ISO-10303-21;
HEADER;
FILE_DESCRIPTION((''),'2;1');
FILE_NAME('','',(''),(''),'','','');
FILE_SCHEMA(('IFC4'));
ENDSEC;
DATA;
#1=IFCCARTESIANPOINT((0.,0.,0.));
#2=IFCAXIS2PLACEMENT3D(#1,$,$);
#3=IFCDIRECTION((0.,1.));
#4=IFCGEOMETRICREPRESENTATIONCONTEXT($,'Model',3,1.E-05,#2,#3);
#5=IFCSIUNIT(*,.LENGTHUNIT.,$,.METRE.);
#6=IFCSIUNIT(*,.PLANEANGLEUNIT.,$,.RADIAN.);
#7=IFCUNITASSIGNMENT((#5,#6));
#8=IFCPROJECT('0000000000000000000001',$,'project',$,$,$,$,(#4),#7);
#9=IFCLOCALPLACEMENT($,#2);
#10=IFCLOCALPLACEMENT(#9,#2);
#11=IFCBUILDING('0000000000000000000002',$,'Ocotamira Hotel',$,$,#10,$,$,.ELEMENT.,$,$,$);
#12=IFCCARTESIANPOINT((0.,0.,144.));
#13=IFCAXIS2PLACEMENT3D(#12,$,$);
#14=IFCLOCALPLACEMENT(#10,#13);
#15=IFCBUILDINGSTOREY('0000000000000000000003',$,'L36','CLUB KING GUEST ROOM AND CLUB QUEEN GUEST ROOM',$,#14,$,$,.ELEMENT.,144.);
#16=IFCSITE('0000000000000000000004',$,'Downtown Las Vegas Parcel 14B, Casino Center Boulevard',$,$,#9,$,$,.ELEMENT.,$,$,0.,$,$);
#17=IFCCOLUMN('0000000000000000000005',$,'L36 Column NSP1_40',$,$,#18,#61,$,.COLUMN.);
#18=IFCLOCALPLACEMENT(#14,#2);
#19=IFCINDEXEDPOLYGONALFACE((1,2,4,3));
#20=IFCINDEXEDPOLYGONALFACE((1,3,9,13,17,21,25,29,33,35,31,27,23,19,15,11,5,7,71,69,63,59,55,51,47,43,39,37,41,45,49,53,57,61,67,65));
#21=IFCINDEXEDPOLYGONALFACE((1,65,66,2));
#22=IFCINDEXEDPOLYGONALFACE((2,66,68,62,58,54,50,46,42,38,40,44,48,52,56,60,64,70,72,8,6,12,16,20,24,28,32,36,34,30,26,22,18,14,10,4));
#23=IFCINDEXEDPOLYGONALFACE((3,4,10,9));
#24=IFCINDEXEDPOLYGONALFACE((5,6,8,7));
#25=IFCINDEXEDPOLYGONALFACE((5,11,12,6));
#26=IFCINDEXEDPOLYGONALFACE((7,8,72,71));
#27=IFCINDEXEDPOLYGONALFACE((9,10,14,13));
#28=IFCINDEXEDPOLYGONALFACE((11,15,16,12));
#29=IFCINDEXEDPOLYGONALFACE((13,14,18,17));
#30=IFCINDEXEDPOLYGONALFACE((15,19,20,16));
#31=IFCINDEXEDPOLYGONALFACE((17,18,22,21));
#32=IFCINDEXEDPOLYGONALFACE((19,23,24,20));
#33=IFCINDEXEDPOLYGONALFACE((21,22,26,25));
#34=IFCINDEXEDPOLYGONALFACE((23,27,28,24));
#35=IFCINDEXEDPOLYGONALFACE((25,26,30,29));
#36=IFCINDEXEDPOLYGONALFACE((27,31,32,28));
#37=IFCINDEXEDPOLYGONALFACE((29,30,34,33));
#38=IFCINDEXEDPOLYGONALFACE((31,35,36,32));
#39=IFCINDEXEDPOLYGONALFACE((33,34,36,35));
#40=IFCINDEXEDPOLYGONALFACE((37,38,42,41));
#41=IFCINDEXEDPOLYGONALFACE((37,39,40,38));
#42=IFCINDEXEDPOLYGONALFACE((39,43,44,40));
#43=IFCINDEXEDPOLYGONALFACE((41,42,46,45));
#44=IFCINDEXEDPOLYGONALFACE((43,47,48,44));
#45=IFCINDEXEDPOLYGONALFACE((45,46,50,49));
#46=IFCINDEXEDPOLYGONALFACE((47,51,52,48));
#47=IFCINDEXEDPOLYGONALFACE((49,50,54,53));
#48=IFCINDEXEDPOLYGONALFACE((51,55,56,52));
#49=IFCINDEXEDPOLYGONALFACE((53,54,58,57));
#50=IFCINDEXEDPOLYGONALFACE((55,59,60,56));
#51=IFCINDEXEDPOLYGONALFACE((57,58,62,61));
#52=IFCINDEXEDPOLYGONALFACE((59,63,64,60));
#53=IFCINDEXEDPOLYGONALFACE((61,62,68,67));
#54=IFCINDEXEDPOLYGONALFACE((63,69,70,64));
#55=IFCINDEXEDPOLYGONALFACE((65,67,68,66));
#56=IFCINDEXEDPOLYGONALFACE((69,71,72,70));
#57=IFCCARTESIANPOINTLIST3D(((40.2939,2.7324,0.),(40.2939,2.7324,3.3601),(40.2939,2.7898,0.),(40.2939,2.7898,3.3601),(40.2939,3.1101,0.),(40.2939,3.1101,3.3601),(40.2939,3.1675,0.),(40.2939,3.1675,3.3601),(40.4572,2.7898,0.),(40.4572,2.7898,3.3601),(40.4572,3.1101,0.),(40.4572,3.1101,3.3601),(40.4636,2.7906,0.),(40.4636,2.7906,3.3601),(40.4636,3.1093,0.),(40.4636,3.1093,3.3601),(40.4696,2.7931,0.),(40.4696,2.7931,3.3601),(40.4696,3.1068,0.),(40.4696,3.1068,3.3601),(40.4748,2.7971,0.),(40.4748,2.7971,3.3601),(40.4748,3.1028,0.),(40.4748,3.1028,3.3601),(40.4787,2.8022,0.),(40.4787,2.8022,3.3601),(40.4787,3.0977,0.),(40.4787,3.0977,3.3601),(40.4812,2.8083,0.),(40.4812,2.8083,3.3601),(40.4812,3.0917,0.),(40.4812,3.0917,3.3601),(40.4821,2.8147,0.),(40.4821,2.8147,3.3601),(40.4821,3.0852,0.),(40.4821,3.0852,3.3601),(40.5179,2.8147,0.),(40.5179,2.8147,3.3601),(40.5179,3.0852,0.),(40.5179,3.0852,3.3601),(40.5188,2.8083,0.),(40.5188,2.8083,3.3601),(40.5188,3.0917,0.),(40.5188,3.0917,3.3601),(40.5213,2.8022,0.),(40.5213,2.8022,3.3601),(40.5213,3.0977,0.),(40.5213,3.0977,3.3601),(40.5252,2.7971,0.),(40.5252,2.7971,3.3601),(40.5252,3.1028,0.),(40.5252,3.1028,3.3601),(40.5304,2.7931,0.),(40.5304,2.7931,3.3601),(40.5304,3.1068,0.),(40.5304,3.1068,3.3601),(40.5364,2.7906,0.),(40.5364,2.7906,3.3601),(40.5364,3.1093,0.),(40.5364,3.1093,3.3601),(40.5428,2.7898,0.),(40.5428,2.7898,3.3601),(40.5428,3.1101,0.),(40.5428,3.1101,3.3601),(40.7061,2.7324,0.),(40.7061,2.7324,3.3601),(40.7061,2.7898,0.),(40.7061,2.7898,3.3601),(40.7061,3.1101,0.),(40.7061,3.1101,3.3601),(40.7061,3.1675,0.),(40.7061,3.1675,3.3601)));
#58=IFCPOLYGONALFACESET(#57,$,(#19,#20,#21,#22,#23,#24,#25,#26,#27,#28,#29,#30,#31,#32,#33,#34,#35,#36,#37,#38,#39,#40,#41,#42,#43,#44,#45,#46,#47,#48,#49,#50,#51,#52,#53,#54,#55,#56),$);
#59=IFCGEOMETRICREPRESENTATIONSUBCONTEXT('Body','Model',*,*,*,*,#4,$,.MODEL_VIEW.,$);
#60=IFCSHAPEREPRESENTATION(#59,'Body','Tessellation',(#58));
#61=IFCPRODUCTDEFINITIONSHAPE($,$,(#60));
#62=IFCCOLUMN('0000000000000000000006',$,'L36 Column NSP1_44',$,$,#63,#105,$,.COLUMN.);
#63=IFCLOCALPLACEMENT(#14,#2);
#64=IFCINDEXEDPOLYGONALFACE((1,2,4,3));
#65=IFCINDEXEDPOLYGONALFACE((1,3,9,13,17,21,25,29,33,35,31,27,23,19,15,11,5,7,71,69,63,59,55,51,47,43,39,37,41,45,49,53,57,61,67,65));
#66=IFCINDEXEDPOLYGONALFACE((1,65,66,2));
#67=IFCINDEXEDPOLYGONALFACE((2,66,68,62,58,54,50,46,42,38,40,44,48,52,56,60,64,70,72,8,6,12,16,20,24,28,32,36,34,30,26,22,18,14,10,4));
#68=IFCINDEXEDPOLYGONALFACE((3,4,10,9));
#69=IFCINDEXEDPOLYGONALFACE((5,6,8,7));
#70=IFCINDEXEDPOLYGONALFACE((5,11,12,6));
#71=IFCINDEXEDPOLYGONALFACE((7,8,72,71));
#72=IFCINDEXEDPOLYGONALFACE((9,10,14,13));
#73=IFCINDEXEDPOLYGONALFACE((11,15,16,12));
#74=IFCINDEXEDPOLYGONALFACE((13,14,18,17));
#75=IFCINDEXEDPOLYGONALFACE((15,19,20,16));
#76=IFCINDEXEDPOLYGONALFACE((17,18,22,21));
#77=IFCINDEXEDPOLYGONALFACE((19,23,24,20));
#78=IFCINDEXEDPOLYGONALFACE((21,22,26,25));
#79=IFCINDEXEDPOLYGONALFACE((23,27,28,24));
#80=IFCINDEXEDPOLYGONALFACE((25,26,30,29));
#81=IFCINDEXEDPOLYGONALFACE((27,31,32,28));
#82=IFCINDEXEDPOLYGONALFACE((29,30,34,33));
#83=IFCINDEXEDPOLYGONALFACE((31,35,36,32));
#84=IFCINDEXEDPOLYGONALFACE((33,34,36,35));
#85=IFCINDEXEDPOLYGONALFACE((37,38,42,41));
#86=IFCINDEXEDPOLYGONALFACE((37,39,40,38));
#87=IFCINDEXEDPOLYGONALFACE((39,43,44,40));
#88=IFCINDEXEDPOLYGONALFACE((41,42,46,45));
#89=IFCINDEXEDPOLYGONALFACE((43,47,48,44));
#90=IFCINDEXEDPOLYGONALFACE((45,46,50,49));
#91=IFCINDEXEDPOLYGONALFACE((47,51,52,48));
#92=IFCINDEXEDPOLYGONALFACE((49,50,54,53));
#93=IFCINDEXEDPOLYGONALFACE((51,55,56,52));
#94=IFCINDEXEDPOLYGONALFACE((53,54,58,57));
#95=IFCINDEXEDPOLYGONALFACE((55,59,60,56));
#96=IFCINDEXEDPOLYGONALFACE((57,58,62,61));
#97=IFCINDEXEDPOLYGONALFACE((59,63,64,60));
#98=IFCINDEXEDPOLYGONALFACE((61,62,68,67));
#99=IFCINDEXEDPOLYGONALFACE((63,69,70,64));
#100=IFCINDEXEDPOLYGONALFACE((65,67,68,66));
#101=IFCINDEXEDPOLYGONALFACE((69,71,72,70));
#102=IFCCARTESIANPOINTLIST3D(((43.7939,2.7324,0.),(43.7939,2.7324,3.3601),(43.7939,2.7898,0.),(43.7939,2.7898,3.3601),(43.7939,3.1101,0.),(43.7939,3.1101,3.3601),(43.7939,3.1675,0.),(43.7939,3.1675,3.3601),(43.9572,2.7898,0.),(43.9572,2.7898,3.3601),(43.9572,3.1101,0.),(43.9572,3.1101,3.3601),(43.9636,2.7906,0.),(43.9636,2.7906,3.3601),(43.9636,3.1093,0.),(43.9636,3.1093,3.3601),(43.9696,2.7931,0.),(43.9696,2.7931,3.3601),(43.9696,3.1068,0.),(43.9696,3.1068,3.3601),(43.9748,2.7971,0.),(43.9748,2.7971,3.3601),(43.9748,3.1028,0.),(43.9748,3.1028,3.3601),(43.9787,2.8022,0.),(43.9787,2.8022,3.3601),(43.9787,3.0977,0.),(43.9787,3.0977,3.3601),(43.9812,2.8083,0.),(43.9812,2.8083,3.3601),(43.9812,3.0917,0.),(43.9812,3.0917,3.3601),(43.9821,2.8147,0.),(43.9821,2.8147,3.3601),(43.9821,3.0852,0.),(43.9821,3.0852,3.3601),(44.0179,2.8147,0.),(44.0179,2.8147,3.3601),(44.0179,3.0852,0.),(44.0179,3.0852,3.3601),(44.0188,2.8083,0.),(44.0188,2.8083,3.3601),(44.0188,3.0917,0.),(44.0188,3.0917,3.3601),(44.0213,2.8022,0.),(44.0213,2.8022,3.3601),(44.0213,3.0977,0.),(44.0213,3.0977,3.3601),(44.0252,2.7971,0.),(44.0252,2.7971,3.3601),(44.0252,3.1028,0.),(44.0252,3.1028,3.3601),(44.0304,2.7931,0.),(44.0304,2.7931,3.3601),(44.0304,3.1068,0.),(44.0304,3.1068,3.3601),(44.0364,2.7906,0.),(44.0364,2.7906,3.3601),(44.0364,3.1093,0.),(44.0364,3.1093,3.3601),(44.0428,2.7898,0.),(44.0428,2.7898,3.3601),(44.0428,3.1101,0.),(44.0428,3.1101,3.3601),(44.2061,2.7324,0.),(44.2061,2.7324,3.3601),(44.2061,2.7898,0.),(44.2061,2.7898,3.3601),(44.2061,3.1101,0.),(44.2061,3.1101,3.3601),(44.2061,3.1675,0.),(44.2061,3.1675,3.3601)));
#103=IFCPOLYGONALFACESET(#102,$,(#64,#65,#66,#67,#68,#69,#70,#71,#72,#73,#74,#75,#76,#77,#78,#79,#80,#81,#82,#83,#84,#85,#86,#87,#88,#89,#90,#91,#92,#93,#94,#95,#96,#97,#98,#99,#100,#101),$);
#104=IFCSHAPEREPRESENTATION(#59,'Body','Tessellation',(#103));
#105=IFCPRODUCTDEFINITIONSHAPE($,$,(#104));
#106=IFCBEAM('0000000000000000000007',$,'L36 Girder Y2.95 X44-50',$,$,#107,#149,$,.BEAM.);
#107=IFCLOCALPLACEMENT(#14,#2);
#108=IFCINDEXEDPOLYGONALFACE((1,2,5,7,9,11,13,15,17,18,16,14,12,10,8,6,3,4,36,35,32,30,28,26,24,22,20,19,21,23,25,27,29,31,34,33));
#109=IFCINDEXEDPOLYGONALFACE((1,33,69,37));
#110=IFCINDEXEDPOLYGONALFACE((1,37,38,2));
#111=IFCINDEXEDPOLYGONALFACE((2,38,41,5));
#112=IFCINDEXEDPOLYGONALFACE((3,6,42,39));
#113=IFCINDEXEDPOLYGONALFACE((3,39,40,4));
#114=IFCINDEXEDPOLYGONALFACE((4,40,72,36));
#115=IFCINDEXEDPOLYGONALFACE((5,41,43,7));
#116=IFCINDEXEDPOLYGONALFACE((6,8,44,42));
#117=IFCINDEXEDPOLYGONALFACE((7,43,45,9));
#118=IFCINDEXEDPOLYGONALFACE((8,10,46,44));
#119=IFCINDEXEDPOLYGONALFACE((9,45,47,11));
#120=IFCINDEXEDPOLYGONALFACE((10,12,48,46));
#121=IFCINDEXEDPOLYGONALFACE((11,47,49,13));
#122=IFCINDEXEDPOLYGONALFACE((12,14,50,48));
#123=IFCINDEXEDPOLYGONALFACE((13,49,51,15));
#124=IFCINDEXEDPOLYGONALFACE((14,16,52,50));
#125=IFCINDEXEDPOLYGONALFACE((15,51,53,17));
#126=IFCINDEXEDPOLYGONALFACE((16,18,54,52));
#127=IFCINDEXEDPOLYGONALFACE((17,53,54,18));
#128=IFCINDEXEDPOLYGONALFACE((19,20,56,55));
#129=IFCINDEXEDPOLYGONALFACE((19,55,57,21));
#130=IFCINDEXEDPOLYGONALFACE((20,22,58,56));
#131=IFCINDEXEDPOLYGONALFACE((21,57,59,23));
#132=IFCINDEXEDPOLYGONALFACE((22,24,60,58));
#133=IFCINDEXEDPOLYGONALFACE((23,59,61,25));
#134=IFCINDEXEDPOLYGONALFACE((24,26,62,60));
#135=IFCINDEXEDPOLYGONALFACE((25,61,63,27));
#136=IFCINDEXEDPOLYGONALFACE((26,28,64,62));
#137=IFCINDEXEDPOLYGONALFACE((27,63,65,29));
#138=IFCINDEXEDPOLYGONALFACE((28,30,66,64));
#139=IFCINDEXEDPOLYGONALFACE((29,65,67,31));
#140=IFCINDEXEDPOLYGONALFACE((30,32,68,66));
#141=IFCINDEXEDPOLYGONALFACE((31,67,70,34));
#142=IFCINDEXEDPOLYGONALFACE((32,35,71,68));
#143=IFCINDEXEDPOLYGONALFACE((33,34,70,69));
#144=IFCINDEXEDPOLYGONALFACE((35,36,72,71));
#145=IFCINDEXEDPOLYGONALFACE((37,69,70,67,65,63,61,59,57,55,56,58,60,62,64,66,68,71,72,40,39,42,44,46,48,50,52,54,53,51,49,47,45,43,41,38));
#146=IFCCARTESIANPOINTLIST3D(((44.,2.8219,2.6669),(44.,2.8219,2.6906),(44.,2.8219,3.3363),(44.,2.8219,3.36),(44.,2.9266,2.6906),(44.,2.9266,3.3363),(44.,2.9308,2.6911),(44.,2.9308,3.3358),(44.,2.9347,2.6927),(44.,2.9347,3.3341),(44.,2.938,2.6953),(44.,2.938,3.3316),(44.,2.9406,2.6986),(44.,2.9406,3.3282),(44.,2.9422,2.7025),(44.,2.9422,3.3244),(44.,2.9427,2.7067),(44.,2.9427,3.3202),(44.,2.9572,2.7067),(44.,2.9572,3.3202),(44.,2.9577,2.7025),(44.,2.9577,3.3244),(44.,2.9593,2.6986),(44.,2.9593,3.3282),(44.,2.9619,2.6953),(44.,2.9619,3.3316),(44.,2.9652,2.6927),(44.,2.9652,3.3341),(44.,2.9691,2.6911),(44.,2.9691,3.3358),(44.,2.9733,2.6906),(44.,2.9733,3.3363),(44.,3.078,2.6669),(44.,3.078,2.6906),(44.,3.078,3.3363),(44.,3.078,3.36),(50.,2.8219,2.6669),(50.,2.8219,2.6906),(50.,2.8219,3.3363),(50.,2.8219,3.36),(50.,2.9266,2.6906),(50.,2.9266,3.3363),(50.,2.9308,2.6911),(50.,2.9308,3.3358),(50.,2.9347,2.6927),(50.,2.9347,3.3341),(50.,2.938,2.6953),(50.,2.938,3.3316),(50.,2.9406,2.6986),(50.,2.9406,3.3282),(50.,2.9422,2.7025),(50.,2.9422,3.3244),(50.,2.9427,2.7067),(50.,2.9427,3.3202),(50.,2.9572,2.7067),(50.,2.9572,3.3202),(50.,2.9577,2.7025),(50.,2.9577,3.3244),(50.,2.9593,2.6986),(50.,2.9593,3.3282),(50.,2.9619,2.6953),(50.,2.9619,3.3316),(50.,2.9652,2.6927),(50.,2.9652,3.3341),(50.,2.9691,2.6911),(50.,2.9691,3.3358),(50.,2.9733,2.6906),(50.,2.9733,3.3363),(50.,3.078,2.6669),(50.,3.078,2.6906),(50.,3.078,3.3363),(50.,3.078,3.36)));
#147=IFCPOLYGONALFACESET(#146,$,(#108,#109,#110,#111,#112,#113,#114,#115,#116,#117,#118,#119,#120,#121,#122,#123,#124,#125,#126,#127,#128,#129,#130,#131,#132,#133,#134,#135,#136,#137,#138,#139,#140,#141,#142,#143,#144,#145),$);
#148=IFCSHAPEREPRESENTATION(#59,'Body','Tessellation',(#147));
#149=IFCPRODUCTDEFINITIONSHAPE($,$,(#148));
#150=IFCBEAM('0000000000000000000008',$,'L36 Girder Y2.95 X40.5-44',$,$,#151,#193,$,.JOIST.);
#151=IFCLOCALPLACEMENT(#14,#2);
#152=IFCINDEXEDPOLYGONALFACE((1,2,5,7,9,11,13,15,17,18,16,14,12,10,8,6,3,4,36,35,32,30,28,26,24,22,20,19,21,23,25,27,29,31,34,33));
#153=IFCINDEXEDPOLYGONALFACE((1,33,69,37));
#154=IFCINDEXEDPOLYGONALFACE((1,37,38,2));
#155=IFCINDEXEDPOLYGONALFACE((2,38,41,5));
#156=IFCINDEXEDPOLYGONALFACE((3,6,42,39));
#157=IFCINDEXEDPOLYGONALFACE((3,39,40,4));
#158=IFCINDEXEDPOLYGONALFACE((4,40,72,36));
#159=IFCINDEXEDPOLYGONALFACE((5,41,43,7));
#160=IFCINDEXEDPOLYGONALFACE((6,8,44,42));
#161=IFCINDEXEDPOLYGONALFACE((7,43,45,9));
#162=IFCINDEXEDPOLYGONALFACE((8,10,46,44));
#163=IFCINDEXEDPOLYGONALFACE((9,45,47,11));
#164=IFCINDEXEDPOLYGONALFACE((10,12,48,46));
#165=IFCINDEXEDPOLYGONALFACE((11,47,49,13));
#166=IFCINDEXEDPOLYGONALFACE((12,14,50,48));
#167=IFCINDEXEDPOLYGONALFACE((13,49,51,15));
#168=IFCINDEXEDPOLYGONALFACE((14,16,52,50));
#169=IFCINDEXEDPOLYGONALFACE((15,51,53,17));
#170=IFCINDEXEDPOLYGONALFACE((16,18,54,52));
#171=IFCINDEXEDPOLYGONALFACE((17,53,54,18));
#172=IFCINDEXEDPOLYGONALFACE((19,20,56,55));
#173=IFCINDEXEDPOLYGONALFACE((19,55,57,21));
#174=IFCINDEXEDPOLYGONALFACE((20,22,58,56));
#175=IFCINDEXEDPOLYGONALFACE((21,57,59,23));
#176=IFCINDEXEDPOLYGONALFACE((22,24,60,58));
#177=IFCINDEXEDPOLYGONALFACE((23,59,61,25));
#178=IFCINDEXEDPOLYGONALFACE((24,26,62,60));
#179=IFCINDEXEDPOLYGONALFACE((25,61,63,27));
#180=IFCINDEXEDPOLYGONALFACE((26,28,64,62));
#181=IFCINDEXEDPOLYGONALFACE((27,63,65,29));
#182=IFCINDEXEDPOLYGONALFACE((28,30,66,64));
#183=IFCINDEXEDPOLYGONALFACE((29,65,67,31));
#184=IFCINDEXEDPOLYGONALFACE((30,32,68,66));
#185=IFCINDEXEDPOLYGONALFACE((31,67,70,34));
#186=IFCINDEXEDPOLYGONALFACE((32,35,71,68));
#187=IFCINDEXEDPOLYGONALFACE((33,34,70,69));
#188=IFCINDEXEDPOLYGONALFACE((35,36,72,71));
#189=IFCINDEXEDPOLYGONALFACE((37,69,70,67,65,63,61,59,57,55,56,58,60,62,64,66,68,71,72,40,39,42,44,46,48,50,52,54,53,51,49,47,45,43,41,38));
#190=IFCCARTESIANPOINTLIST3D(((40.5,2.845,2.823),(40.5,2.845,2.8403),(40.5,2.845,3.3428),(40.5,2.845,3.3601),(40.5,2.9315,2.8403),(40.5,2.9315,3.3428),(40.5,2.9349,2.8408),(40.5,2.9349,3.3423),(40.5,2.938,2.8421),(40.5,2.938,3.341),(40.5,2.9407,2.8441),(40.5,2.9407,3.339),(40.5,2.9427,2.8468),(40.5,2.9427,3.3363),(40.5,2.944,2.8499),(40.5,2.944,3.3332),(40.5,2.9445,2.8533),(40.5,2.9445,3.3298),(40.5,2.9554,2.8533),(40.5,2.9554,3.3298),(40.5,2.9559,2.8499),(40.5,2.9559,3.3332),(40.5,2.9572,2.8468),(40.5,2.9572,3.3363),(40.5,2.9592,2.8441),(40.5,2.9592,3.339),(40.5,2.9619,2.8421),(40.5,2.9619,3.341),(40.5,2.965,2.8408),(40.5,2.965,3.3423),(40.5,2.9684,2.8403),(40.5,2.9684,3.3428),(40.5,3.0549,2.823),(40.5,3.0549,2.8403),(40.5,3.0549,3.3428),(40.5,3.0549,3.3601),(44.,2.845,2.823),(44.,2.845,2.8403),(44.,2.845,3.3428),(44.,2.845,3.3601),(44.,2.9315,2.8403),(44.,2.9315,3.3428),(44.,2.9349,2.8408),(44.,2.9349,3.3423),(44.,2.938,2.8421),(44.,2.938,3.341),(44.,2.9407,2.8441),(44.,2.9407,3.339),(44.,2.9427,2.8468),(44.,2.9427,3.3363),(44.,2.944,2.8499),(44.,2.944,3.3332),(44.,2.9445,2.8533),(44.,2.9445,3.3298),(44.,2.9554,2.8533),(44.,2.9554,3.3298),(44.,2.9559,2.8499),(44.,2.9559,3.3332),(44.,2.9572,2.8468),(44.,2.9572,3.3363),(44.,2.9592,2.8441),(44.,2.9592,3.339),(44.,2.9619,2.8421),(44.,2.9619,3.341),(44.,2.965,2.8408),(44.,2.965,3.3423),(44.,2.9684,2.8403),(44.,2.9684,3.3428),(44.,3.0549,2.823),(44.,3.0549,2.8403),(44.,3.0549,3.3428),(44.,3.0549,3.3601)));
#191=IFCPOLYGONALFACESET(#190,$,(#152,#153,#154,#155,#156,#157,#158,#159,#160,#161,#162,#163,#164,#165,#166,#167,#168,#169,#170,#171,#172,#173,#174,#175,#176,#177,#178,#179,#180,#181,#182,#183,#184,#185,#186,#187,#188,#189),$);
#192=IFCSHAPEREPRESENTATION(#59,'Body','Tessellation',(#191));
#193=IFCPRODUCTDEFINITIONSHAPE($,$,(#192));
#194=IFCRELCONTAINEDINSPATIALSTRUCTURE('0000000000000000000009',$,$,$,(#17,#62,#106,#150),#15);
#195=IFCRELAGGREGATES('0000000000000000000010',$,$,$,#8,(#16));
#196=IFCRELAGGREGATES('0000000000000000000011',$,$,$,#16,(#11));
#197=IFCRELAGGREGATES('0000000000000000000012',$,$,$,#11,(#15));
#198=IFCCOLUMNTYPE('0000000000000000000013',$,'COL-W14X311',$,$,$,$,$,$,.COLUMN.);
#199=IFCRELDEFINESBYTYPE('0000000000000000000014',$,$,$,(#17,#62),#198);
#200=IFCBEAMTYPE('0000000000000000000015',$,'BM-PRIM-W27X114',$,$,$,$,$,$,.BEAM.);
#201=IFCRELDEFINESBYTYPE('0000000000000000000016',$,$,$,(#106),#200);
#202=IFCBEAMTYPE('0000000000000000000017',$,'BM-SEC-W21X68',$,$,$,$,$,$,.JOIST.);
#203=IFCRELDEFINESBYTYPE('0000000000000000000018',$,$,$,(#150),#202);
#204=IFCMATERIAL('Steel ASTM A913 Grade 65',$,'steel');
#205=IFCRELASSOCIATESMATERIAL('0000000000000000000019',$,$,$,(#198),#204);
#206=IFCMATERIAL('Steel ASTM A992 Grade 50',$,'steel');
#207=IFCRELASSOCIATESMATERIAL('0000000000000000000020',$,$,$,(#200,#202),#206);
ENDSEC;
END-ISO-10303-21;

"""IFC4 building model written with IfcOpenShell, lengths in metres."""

from ifc_helpers import new_model, si_unit, direction, frame, origin, origin_2d, place, context, subcontext, project, spatial, i_section, extrude, source, transform, mapped, material, material_profile, profile_set, type_object, element, save


model = new_model("IFC4")

# Units and contexts
model_context = context("Model", 3, precision=1e-05, world=origin(), true_north=direction((0.0, 1.0)))
body_context = subcontext(model_context, "Body", "Model", "MODEL_VIEW")
ifc_project = project(units=[si_unit("LENGTHUNIT", "METRE"), si_unit("PLANEANGLEUNIT", "RADIAN")], contexts=[model_context])

# Site, building, storey
site_placement = place(None, origin())
site = spatial("IfcSite", under=ifc_project, at=site_placement, Name="Downtown Las Vegas Parcel 14B, Casino Center Boulevard", CompositionType="ELEMENT", RefElevation=0.0)
building_placement = place(site_placement, origin())
building = spatial("IfcBuilding", under=site, at=building_placement, Name="Ocotamira Hotel", CompositionType="ELEMENT")
storey_placement = place(building_placement, frame((0.0, 0.0, 144.0)))
storey = spatial("IfcBuildingStorey", under=building, at=storey_placement, Name="L36", Description="CLUB KING GUEST ROOM AND CLUB QUEEN GUEST ROOM", CompositionType="ELEMENT", Elevation=144.0)

# Columns
ifc_material_1 = material(Name="Steel ASTM A913 Grade 65", Category="steel")
ifc_material_profile_1 = material_profile(ifc_material_1, i_section(OverallWidth=0.4121, OverallDepth=0.4351, WebThickness=0.0359, FlangeThickness=0.0574, FilletRadius=0.0249, at=origin_2d()), Name="W14X311")
ifc_profile_set_1 = profile_set([ifc_material_profile_1], Name="Steel ASTM A913 Grade 65")
column_type = type_object("IfcColumnType", Name="COL-W14X311", PredefinedType="COLUMN", material=ifc_profile_set_1)
shared_shape_1 = source(origin(), body_context, "Body", "SweptSolid", [
    extrude(i_section(OverallWidth=0.4121, OverallDepth=0.4351, WebThickness=0.0359, FlangeThickness=0.0574, FilletRadius=0.0249, at=origin_2d()), origin(), (0.0, 0.0, 1.0), 3.3601),
])
for number, where, z_axis, x_axis, name in (
    (1, (40.5, 2.95, 0.0), (0.0, 0.0, 1.0), (1.0, 0.0, 0.0), "L36 Column NSP1_40"),
    (2, (44.0, 2.95, 0.0), (0.0, 0.0, 1.0), (1.0, 0.0, 0.0), "L36 Column NSP1_44"),
):
    element("IfcColumn", number, at=place(storey_placement, frame(where, z_axis=z_axis, x_axis=x_axis)), inside=storey, type_object=column_type, Name=name, PredefinedType="COLUMN", context=body_context, shape_type="MappedRepresentation", body=[
        mapped(shared_shape_1, transform((0.0, 0.0, 0.0), scale=1.0)),
    ])

# Beams
ifc_material_2 = material(Name="Steel ASTM A992 Grade 50", Category="steel")
ifc_material_profile_2 = material_profile(ifc_material_2, i_section(OverallWidth=0.2561, OverallDepth=0.6931, WebThickness=0.0144, FlangeThickness=0.0237, FilletRadius=0.0161, at=origin_2d()), Name="W27X114")
ifc_profile_set_2 = profile_set([ifc_material_profile_2], Name="Steel ASTM A992 Grade 50")
beam_type_1 = type_object("IfcBeamType", Name="BM-PRIM-W27X114", PredefinedType="BEAM", material=ifc_profile_set_2)
shared_shape_2 = source(origin(), body_context, "Body", "SweptSolid", [
    extrude(i_section(OverallWidth=0.2561, OverallDepth=0.6931, WebThickness=0.0144, FlangeThickness=0.0237, FilletRadius=0.0161, at=origin_2d()), origin(), (0.0, 0.0, 1.0), 6.0),
])
beam_1_placement = place(storey_placement, frame((44.0, 2.95, 3.0134), z_axis=(1.0, 0.0, 0.0), x_axis=(0.0, 1.0, 0.0)))
element("IfcBeam", 3, at=beam_1_placement, inside=storey, type_object=beam_type_1, Name="L36 Girder Y2.95 X44-50", PredefinedType="BEAM", context=body_context, shape_type="MappedRepresentation", body=[
    mapped(shared_shape_2, transform((0.0, 0.0, 0.0), scale=1.0)),
])
ifc_material_profile_3 = material_profile(ifc_material_2, i_section(OverallWidth=0.21, OverallDepth=0.5371, WebThickness=0.011, FlangeThickness=0.0173, FilletRadius=0.0129, at=origin_2d()), Name="W21X68")
ifc_profile_set_3 = profile_set([ifc_material_profile_3], Name="Steel ASTM A992 Grade 50")
beam_type_2 = type_object("IfcBeamType", Name="BM-SEC-W21X68", PredefinedType="JOIST", material=ifc_profile_set_3)
shared_shape_3 = source(origin(), body_context, "Body", "SweptSolid", [
    extrude(i_section(OverallWidth=0.21, OverallDepth=0.5371, WebThickness=0.011, FlangeThickness=0.0173, FilletRadius=0.0129, at=origin_2d()), origin(), (0.0, 0.0, 1.0), 3.5),
])
beam_2_placement = place(storey_placement, frame((40.5, 2.95, 3.0916), z_axis=(1.0, 0.0, 0.0), x_axis=(0.0, 1.0, 0.0)))
element("IfcBeam", 4, at=beam_2_placement, inside=storey, type_object=beam_type_2, Name="L36 Girder Y2.95 X40.5-44", PredefinedType="JOIST", context=body_context, shape_type="MappedRepresentation", body=[
    mapped(shared_shape_3, transform((0.0, 0.0, 0.0), scale=1.0)),
])

save(model, "model.ifc")
